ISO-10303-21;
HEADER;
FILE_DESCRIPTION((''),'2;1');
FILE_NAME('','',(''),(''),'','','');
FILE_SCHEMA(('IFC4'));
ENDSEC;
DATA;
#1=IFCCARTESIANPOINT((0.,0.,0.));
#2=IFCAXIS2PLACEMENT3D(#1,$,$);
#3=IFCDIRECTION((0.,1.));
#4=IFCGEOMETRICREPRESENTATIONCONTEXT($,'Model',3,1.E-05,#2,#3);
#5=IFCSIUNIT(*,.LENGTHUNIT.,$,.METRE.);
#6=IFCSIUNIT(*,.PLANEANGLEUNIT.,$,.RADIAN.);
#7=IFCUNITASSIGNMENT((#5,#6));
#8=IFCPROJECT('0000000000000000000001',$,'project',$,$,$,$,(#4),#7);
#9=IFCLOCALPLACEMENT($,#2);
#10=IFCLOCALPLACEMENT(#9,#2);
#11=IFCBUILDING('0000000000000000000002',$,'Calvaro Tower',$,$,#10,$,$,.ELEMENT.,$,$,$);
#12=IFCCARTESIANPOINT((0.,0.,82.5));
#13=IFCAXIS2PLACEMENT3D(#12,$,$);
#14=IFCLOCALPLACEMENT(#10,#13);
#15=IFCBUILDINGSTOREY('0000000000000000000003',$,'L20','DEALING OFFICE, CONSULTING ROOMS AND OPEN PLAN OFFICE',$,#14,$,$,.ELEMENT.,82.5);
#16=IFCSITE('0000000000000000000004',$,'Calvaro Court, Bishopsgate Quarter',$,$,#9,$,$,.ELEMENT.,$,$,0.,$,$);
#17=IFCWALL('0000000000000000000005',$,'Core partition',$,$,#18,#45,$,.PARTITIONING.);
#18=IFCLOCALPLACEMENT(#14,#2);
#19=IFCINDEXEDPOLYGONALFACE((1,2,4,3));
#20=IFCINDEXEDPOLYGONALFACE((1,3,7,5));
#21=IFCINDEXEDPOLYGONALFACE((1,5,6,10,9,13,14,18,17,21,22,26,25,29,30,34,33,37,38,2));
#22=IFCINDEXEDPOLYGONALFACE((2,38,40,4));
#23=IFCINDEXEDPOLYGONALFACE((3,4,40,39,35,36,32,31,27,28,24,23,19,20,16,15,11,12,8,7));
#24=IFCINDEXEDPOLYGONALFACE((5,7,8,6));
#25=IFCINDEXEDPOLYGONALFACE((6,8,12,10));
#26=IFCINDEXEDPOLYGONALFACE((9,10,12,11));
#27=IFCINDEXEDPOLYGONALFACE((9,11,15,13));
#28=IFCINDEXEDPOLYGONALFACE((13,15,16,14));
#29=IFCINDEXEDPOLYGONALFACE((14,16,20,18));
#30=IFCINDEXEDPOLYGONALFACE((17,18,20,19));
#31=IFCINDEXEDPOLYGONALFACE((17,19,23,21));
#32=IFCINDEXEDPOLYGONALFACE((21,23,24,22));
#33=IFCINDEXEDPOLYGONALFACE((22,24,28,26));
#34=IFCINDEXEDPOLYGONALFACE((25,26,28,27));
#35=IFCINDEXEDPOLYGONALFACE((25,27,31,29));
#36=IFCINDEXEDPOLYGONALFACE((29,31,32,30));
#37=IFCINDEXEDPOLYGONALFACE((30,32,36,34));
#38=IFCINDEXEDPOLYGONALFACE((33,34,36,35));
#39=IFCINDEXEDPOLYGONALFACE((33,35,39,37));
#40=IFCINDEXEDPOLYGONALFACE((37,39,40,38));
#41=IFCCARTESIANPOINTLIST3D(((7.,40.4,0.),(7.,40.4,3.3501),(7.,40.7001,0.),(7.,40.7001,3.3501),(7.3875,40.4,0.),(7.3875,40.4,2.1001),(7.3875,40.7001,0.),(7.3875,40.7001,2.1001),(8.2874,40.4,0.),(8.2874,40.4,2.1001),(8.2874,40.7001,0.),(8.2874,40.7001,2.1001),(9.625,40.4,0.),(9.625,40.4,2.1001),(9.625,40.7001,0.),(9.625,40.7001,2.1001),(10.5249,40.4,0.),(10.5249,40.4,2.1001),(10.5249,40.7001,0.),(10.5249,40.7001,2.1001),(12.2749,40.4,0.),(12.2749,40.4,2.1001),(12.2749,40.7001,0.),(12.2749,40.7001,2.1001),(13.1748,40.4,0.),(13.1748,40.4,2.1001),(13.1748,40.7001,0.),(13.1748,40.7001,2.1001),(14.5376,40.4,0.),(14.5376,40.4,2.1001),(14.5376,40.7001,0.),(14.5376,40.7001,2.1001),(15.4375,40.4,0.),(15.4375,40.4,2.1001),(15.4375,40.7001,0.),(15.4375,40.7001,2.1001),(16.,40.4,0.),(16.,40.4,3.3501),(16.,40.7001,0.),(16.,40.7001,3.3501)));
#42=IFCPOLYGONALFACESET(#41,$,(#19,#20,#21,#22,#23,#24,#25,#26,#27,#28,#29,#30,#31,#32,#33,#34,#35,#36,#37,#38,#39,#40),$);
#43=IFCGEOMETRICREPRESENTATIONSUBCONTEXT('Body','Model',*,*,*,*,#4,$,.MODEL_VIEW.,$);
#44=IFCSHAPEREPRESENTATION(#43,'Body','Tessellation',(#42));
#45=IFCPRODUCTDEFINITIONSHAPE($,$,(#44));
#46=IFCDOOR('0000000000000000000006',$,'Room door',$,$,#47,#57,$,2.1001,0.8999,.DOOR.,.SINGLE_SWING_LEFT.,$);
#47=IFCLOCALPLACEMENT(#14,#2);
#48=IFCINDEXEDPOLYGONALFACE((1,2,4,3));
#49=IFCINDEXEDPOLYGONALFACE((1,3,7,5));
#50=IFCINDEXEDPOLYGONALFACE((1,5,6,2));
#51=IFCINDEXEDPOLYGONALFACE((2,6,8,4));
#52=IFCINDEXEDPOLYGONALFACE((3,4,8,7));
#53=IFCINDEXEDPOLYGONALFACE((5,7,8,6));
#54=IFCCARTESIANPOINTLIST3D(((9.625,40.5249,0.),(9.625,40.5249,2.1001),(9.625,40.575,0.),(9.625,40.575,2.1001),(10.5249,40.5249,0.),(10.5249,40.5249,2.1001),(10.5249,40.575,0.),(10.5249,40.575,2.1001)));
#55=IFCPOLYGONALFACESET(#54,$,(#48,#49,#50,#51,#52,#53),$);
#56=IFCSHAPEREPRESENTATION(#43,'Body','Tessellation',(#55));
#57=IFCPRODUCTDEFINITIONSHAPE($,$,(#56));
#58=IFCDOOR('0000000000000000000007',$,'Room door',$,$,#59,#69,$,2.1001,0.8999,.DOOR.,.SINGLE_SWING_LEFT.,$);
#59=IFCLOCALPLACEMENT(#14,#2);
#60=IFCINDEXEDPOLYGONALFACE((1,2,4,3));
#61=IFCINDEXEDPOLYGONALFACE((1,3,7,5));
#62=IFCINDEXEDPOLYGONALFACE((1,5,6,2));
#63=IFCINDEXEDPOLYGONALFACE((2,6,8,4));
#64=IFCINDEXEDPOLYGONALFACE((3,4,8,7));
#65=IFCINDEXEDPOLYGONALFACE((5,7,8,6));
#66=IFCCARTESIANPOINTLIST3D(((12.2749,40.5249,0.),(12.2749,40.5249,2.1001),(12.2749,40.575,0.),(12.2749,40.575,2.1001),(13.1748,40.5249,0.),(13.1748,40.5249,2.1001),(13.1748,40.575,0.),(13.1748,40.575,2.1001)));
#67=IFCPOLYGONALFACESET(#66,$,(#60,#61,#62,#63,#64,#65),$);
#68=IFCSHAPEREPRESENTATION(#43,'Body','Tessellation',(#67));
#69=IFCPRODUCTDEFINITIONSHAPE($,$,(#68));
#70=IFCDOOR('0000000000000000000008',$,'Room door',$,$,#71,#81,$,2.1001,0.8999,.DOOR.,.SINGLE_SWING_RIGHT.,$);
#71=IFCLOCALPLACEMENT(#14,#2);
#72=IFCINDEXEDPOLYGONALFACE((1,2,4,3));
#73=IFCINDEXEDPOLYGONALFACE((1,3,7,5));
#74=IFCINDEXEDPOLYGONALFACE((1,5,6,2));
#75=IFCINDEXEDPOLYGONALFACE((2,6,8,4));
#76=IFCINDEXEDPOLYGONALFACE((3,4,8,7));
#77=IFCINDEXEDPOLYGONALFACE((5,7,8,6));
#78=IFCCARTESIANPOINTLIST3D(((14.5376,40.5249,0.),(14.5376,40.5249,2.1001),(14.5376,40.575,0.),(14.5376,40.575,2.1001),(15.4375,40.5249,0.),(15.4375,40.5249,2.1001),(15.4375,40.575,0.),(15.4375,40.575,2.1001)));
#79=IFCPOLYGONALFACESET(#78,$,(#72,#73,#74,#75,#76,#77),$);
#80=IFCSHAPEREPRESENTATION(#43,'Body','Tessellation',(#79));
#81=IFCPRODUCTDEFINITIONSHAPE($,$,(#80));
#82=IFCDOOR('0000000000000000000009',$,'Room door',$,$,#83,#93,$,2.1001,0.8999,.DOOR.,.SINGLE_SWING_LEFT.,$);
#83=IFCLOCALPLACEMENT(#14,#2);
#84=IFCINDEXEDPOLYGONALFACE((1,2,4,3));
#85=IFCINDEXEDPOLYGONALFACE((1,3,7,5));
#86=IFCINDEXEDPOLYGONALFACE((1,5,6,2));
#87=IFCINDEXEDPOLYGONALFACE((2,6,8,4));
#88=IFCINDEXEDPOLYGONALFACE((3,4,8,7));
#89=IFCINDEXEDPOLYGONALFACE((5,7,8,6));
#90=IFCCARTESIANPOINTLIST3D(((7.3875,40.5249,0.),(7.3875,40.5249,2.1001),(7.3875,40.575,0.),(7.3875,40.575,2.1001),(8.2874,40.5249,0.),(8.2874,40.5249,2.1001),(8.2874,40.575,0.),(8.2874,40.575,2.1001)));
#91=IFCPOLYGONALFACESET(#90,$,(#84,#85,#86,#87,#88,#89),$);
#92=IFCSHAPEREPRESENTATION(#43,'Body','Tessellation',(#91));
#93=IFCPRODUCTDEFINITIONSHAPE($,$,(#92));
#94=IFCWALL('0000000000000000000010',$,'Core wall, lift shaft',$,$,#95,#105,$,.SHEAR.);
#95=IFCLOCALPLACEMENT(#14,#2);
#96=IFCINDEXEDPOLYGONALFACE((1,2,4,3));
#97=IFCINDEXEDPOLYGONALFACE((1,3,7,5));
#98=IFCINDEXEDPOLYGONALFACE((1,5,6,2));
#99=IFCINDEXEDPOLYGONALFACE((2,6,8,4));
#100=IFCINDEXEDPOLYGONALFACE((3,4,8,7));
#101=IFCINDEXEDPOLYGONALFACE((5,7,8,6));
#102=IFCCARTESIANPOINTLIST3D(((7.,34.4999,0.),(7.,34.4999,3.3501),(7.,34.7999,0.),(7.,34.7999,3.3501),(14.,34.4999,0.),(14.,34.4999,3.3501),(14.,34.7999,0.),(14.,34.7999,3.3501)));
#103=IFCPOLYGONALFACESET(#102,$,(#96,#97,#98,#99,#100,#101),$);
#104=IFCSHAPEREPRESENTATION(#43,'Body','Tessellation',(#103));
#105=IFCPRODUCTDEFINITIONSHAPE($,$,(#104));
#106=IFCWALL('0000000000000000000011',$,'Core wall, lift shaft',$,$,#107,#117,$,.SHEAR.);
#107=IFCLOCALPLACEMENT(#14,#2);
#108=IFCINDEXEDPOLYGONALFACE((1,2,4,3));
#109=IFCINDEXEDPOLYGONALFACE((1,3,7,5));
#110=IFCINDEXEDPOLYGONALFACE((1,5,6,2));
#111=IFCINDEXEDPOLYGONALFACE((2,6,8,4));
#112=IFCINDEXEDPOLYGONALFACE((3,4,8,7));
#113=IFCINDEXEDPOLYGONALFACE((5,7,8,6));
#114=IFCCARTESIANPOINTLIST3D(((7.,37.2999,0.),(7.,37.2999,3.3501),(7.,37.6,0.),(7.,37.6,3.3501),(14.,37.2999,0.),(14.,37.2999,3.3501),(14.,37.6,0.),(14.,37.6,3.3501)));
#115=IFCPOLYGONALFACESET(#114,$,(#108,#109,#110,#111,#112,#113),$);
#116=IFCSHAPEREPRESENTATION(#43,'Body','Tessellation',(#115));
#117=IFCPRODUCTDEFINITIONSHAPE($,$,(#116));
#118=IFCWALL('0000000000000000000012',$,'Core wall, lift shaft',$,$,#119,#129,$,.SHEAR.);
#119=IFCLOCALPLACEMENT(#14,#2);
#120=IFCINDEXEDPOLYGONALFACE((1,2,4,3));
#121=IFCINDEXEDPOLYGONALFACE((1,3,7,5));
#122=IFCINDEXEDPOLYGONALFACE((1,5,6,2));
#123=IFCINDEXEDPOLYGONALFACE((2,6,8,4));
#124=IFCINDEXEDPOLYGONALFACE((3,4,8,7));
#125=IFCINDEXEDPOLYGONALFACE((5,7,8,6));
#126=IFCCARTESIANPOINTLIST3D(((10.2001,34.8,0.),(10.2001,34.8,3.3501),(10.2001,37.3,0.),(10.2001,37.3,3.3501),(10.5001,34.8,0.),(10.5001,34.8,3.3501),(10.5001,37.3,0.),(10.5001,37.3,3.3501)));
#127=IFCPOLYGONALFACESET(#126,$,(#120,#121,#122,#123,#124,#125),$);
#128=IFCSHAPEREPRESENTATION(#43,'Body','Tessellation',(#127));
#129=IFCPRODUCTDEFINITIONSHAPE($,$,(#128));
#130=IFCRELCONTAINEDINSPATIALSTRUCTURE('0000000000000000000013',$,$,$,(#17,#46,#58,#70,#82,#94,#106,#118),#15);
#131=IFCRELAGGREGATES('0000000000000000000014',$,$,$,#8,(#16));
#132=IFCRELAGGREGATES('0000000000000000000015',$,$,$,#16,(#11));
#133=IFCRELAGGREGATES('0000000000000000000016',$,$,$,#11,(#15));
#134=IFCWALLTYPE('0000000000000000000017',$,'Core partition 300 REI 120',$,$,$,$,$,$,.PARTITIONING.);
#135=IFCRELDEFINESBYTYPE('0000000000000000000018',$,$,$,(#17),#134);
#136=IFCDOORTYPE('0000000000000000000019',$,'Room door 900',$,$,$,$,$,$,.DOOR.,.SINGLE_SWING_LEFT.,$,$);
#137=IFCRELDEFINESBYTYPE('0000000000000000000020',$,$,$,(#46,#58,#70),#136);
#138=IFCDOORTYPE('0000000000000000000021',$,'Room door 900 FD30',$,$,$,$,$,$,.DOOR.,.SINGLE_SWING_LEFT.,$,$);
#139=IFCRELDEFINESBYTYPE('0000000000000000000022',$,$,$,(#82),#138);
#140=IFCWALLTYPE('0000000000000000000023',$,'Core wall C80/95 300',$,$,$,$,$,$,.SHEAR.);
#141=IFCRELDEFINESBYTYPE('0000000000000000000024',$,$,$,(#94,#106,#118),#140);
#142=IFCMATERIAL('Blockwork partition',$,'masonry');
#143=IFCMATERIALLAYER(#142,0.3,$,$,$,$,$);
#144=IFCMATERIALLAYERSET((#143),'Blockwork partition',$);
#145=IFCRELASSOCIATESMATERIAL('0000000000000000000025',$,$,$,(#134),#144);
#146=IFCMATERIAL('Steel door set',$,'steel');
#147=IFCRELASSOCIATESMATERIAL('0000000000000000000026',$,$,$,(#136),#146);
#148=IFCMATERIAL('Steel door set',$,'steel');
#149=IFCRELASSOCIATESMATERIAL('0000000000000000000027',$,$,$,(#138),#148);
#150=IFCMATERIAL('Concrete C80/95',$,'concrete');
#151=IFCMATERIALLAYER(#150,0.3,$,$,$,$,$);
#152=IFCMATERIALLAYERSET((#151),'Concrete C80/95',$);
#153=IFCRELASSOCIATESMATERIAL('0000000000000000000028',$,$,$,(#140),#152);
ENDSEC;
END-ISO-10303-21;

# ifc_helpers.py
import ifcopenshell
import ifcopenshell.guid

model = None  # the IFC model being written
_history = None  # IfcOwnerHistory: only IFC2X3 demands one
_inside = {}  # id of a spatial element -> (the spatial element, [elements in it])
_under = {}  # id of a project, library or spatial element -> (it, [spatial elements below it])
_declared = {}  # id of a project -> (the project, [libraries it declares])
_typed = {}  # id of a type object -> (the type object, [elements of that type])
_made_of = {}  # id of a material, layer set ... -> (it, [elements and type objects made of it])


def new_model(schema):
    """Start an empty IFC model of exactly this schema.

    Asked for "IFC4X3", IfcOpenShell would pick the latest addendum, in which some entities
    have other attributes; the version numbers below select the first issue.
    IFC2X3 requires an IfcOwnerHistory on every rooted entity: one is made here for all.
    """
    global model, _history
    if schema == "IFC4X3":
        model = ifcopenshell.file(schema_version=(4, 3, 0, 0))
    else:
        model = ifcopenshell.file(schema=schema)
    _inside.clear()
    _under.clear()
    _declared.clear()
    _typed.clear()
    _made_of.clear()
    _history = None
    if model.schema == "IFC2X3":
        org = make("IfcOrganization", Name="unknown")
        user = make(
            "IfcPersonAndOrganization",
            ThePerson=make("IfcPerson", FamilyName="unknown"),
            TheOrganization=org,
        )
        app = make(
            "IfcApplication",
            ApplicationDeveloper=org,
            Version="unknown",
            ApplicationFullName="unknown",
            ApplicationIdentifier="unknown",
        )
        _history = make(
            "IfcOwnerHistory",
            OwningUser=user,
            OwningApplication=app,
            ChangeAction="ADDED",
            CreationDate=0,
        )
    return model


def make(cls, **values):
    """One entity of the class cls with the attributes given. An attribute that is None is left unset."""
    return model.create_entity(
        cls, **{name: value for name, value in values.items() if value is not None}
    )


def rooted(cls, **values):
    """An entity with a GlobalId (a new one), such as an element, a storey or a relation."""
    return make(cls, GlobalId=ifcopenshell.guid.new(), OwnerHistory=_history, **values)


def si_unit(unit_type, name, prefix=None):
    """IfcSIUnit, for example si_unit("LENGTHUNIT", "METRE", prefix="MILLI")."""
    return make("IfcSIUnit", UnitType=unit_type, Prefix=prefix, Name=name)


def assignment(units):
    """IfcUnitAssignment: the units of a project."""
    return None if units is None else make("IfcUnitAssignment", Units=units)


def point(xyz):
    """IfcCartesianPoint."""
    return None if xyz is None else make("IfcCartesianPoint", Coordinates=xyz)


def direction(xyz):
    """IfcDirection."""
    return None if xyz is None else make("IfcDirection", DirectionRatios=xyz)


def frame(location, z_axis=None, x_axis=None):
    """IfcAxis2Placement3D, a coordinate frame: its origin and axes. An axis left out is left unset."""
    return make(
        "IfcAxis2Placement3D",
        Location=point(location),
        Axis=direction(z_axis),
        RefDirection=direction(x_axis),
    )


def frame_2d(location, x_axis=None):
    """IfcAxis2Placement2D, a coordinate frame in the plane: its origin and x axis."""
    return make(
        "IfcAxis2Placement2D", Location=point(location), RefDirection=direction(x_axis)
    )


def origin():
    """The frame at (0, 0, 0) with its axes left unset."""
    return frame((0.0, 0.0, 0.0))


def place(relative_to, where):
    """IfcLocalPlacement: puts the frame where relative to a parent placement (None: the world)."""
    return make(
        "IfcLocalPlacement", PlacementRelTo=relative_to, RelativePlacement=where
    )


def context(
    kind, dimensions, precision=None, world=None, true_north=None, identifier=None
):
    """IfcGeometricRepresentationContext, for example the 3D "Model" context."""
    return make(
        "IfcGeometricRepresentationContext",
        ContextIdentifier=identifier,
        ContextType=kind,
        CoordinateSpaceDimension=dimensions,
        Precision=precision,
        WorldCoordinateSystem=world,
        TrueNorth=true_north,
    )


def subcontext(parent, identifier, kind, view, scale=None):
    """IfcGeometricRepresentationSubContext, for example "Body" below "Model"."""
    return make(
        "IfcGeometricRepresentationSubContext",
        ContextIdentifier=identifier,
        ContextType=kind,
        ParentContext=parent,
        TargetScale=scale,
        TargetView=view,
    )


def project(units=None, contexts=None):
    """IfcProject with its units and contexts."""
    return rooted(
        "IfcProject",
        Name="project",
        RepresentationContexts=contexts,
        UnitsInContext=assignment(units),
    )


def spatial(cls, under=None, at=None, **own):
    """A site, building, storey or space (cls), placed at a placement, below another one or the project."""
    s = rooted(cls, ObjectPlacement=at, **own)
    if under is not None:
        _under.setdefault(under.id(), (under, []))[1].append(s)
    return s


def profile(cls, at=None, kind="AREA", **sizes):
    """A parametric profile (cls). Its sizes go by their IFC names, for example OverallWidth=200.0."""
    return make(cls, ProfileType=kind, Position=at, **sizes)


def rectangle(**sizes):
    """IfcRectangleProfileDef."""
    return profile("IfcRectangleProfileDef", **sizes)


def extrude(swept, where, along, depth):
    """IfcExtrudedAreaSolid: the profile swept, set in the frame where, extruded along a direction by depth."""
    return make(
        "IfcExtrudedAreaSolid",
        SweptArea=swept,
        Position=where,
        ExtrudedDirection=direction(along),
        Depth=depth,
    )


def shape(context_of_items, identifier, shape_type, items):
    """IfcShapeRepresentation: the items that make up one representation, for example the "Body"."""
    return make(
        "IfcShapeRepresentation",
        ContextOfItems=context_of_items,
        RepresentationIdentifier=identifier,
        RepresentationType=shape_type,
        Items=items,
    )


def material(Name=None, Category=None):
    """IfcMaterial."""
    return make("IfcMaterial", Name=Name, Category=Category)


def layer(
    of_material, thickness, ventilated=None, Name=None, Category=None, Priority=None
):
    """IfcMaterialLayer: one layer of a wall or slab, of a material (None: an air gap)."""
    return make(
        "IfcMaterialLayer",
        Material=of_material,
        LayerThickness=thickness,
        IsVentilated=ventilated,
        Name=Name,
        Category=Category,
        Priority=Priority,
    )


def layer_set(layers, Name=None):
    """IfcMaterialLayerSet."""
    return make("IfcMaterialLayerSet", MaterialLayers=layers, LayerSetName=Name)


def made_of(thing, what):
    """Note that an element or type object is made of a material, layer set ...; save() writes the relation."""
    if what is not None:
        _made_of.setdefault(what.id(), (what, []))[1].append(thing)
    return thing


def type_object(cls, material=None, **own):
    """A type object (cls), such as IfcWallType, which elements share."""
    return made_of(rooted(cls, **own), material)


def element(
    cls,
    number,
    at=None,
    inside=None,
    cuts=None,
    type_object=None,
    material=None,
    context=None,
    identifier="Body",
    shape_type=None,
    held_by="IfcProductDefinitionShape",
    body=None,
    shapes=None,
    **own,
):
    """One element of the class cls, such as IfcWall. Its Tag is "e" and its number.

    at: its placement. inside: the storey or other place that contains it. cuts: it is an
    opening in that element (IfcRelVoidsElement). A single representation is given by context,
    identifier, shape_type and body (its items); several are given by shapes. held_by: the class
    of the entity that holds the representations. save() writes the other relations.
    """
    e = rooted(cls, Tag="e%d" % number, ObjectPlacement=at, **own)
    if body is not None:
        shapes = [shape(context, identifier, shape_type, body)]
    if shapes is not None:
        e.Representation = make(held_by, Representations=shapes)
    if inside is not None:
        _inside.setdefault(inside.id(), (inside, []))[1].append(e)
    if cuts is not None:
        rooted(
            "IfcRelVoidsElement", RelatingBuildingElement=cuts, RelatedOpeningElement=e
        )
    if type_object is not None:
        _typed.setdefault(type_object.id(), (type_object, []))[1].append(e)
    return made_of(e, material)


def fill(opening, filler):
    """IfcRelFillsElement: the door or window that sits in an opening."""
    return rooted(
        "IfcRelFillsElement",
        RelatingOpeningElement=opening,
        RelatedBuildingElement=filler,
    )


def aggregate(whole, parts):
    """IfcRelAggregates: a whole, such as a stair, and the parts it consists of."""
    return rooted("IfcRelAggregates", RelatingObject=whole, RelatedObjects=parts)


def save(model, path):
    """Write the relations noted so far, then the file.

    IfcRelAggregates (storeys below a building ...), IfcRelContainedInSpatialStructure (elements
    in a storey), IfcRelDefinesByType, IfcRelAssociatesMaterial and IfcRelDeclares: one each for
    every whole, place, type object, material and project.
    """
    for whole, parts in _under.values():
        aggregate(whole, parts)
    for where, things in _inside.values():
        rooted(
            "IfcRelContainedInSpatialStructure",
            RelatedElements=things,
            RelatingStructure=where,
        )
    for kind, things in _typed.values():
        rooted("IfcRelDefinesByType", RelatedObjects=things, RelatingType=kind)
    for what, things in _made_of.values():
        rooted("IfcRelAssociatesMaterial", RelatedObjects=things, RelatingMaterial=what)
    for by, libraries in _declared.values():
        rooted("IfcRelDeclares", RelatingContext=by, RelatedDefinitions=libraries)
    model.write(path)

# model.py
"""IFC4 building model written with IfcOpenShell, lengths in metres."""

from ifc_helpers import new_model, si_unit, direction, frame, frame_2d, origin, place, context, subcontext, project, spatial, rectangle, extrude, material, layer, layer_set, type_object, element, fill, save


model = new_model("IFC4")

# Units and contexts
model_context = context("Model", 3, precision=1e-05, world=origin(), true_north=direction((0.0, 1.0)))
body_context = subcontext(model_context, "Body", "Model", "MODEL_VIEW")
ifc_project = project(units=[si_unit("LENGTHUNIT", "METRE"), si_unit("PLANEANGLEUNIT", "RADIAN")], contexts=[model_context])

# Site, building, storey
site_placement = place(None, origin())
site = spatial("IfcSite", under=ifc_project, at=site_placement, Name="Calvaro Court, Bishopsgate Quarter", CompositionType="ELEMENT", RefElevation=0.0)
building_placement = place(site_placement, origin())
building = spatial("IfcBuilding", under=site, at=building_placement, Name="Calvaro Tower", CompositionType="ELEMENT")
storey_placement = place(building_placement, frame((0.0, 0.0, 82.5)))
storey = spatial("IfcBuildingStorey", under=building, at=storey_placement, Name="L20", Description="DEALING OFFICE, CONSULTING ROOMS AND OPEN PLAN OFFICE", CompositionType="ELEMENT", Elevation=82.5)

# Wall, openings, doors
ifc_material_1 = material(Name="Blockwork partition", Category="masonry")
ifc_layer_1 = layer(ifc_material_1, 0.3)
ifc_layer_set_1 = layer_set([ifc_layer_1], Name="Blockwork partition")
wall_type_1 = type_object("IfcWallType", Name="Core partition 300 REI 120", PredefinedType="PARTITIONING", material=ifc_layer_set_1)
wall_1_placement = place(storey_placement, frame((7.0, 40.55, 0.0), z_axis=(0.0, 0.0, 1.0), x_axis=(1.0, 0.0, 0.0)))
wall_1 = element("IfcWall", 1, at=wall_1_placement, inside=storey, type_object=wall_type_1, Name="Core partition", PredefinedType="PARTITIONING", context=body_context, shape_type="SweptSolid", body=[
    extrude(rectangle(XDim=9.0, YDim=0.3, at=frame_2d((4.5, 0.0))), origin(), (0.0, 0.0, 1.0), 3.3501),
])
opening_1_placement = place(wall_1_placement, frame((0.3875, 0.0, 0.0)))
opening_1 = element("IfcOpeningElement", 2, at=opening_1_placement, cuts=wall_1, PredefinedType="OPENING", context=body_context, shape_type="SweptSolid", body=[
    extrude(rectangle(XDim=0.8999, YDim=2.1001, at=frame_2d((0.45, 1.05))), frame((0.0, 0.1599, 0.0), z_axis=(0.0, -1.0, 0.0), x_axis=(1.0, 0.0, 0.0)), (0.0, 0.0, 1.0), 0.3201),
])
opening_2_placement = place(wall_1_placement, frame((2.625, 0.0, 0.0)))
opening_2 = element("IfcOpeningElement", 3, at=opening_2_placement, cuts=wall_1, PredefinedType="OPENING", context=body_context, shape_type="SweptSolid", body=[
    extrude(rectangle(XDim=0.8999, YDim=2.1001, at=frame_2d((0.45, 1.05))), frame((0.0, 0.1599, 0.0), z_axis=(0.0, -1.0, 0.0), x_axis=(1.0, 0.0, 0.0)), (0.0, 0.0, 1.0), 0.3201),
])
opening_3_placement = place(wall_1_placement, frame((5.2749, 0.0, 0.0)))
opening_3 = element("IfcOpeningElement", 4, at=opening_3_placement, cuts=wall_1, PredefinedType="OPENING", context=body_context, shape_type="SweptSolid", body=[
    extrude(rectangle(XDim=0.8999, YDim=2.1001, at=frame_2d((0.45, 1.05))), frame((0.0, 0.1599, 0.0), z_axis=(0.0, -1.0, 0.0), x_axis=(1.0, 0.0, 0.0)), (0.0, 0.0, 1.0), 0.3201),
])
opening_4_placement = place(wall_1_placement, frame((7.5376, 0.0, 0.0)))
opening_4 = element("IfcOpeningElement", 5, at=opening_4_placement, cuts=wall_1, PredefinedType="OPENING", context=body_context, shape_type="SweptSolid", body=[
    extrude(rectangle(XDim=0.8999, YDim=2.1001, at=frame_2d((0.45, 1.05))), frame((0.0, 0.1599, 0.0), z_axis=(0.0, -1.0, 0.0), x_axis=(1.0, 0.0, 0.0)), (0.0, 0.0, 1.0), 0.3201),
])
ifc_material_2 = material(Name="Steel door set", Category="steel")
door_type_1 = type_object("IfcDoorType", Name="Room door 900", OperationType="SINGLE_SWING_LEFT", PredefinedType="DOOR", material=ifc_material_2)
door_1_placement = place(opening_2_placement, origin())
door_1 = element("IfcDoor", 6, at=door_1_placement, inside=storey, type_object=door_type_1, Name="Room door", OperationType="SINGLE_SWING_LEFT", OverallHeight=2.1001, OverallWidth=0.8999, PredefinedType="DOOR", context=body_context, shape_type="SweptSolid", body=[
    extrude(rectangle(XDim=0.8999, YDim=2.1001, at=frame_2d((0.45, 1.05))), frame((0.0, 0.0249, 0.0), z_axis=(0.0, -1.0, 0.0), x_axis=(1.0, 0.0, 0.0)), (0.0, 0.0, 1.0), 0.05),
])
fill(opening_2, door_1)
door_2_placement = place(opening_3_placement, origin())
door_2 = element("IfcDoor", 7, at=door_2_placement, inside=storey, type_object=door_type_1, Name="Room door", OperationType="SINGLE_SWING_LEFT", OverallHeight=2.1001, OverallWidth=0.8999, PredefinedType="DOOR", context=body_context, shape_type="SweptSolid", body=[
    extrude(rectangle(XDim=0.8999, YDim=2.1001, at=frame_2d((0.45, 1.05))), frame((0.0, 0.0249, 0.0), z_axis=(0.0, -1.0, 0.0), x_axis=(1.0, 0.0, 0.0)), (0.0, 0.0, 1.0), 0.05),
])
fill(opening_3, door_2)
door_3_placement = place(opening_4_placement, origin())
door_3 = element("IfcDoor", 8, at=door_3_placement, inside=storey, type_object=door_type_1, Name="Room door", OperationType="SINGLE_SWING_RIGHT", OverallHeight=2.1001, OverallWidth=0.8999, PredefinedType="DOOR", context=body_context, shape_type="SweptSolid", body=[
    extrude(rectangle(XDim=0.8999, YDim=2.1001, at=frame_2d((0.45, 1.05))), frame((0.0, 0.0249, 0.0), z_axis=(0.0, -1.0, 0.0), x_axis=(1.0, 0.0, 0.0)), (0.0, 0.0, 1.0), 0.05),
])
fill(opening_4, door_3)
ifc_material_3 = material(Name="Steel door set", Category="steel")
door_type_2 = type_object("IfcDoorType", Name="Room door 900 FD30", OperationType="SINGLE_SWING_LEFT", PredefinedType="DOOR", material=ifc_material_3)
door_4_placement = place(opening_1_placement, origin())
door_4 = element("IfcDoor", 9, at=door_4_placement, inside=storey, type_object=door_type_2, Name="Room door", OperationType="SINGLE_SWING_LEFT", OverallHeight=2.1001, OverallWidth=0.8999, PredefinedType="DOOR", context=body_context, shape_type="SweptSolid", body=[
    extrude(rectangle(XDim=0.8999, YDim=2.1001, at=frame_2d((0.45, 1.05))), frame((0.0, 0.0249, 0.0), z_axis=(0.0, -1.0, 0.0), x_axis=(1.0, 0.0, 0.0)), (0.0, 0.0, 1.0), 0.05),
])
fill(opening_1, door_4)

# Walls
ifc_material_4 = material(Name="Concrete C80/95", Category="concrete")
ifc_layer_2 = layer(ifc_material_4, 0.3)
ifc_layer_set_2 = layer_set([ifc_layer_2], Name="Concrete C80/95")
wall_type_2 = type_object("IfcWallType", Name="Core wall C80/95 300", PredefinedType="SHEAR", material=ifc_layer_set_2)
for number, where, z_axis, x_axis, name in (
    (10, (7.0, 34.6499, 0.0), (0.0, 0.0, 1.0), (1.0, 0.0, 0.0), "Core wall, lift shaft"),
    (11, (7.0, 37.45, 0.0), (0.0, 0.0, 1.0), (1.0, 0.0, 0.0), "Core wall, lift shaft"),
):
    element("IfcWall", number, at=place(storey_placement, frame(where, z_axis=z_axis, x_axis=x_axis)), inside=storey, type_object=wall_type_2, Name=name, PredefinedType="SHEAR", context=body_context, shape_type="SweptSolid", body=[
        extrude(rectangle(XDim=7.0, YDim=0.3, at=frame_2d((3.5, 0.0))), origin(), (0.0, 0.0, 1.0), 3.3501),
    ])
wall_2_placement = place(storey_placement, frame((10.3501, 34.8, 0.0), z_axis=(0.0, 0.0, 1.0), x_axis=(0.0, 1.0, 0.0)))
element("IfcWall", 12, at=wall_2_placement, inside=storey, type_object=wall_type_2, Name="Core wall, lift shaft", PredefinedType="SHEAR", context=body_context, shape_type="SweptSolid", body=[
    extrude(rectangle(XDim=2.5, YDim=0.3, at=frame_2d((1.25, 0.0))), origin(), (0.0, 0.0, 1.0), 3.3501),
])

save(model, "model.ifc")
